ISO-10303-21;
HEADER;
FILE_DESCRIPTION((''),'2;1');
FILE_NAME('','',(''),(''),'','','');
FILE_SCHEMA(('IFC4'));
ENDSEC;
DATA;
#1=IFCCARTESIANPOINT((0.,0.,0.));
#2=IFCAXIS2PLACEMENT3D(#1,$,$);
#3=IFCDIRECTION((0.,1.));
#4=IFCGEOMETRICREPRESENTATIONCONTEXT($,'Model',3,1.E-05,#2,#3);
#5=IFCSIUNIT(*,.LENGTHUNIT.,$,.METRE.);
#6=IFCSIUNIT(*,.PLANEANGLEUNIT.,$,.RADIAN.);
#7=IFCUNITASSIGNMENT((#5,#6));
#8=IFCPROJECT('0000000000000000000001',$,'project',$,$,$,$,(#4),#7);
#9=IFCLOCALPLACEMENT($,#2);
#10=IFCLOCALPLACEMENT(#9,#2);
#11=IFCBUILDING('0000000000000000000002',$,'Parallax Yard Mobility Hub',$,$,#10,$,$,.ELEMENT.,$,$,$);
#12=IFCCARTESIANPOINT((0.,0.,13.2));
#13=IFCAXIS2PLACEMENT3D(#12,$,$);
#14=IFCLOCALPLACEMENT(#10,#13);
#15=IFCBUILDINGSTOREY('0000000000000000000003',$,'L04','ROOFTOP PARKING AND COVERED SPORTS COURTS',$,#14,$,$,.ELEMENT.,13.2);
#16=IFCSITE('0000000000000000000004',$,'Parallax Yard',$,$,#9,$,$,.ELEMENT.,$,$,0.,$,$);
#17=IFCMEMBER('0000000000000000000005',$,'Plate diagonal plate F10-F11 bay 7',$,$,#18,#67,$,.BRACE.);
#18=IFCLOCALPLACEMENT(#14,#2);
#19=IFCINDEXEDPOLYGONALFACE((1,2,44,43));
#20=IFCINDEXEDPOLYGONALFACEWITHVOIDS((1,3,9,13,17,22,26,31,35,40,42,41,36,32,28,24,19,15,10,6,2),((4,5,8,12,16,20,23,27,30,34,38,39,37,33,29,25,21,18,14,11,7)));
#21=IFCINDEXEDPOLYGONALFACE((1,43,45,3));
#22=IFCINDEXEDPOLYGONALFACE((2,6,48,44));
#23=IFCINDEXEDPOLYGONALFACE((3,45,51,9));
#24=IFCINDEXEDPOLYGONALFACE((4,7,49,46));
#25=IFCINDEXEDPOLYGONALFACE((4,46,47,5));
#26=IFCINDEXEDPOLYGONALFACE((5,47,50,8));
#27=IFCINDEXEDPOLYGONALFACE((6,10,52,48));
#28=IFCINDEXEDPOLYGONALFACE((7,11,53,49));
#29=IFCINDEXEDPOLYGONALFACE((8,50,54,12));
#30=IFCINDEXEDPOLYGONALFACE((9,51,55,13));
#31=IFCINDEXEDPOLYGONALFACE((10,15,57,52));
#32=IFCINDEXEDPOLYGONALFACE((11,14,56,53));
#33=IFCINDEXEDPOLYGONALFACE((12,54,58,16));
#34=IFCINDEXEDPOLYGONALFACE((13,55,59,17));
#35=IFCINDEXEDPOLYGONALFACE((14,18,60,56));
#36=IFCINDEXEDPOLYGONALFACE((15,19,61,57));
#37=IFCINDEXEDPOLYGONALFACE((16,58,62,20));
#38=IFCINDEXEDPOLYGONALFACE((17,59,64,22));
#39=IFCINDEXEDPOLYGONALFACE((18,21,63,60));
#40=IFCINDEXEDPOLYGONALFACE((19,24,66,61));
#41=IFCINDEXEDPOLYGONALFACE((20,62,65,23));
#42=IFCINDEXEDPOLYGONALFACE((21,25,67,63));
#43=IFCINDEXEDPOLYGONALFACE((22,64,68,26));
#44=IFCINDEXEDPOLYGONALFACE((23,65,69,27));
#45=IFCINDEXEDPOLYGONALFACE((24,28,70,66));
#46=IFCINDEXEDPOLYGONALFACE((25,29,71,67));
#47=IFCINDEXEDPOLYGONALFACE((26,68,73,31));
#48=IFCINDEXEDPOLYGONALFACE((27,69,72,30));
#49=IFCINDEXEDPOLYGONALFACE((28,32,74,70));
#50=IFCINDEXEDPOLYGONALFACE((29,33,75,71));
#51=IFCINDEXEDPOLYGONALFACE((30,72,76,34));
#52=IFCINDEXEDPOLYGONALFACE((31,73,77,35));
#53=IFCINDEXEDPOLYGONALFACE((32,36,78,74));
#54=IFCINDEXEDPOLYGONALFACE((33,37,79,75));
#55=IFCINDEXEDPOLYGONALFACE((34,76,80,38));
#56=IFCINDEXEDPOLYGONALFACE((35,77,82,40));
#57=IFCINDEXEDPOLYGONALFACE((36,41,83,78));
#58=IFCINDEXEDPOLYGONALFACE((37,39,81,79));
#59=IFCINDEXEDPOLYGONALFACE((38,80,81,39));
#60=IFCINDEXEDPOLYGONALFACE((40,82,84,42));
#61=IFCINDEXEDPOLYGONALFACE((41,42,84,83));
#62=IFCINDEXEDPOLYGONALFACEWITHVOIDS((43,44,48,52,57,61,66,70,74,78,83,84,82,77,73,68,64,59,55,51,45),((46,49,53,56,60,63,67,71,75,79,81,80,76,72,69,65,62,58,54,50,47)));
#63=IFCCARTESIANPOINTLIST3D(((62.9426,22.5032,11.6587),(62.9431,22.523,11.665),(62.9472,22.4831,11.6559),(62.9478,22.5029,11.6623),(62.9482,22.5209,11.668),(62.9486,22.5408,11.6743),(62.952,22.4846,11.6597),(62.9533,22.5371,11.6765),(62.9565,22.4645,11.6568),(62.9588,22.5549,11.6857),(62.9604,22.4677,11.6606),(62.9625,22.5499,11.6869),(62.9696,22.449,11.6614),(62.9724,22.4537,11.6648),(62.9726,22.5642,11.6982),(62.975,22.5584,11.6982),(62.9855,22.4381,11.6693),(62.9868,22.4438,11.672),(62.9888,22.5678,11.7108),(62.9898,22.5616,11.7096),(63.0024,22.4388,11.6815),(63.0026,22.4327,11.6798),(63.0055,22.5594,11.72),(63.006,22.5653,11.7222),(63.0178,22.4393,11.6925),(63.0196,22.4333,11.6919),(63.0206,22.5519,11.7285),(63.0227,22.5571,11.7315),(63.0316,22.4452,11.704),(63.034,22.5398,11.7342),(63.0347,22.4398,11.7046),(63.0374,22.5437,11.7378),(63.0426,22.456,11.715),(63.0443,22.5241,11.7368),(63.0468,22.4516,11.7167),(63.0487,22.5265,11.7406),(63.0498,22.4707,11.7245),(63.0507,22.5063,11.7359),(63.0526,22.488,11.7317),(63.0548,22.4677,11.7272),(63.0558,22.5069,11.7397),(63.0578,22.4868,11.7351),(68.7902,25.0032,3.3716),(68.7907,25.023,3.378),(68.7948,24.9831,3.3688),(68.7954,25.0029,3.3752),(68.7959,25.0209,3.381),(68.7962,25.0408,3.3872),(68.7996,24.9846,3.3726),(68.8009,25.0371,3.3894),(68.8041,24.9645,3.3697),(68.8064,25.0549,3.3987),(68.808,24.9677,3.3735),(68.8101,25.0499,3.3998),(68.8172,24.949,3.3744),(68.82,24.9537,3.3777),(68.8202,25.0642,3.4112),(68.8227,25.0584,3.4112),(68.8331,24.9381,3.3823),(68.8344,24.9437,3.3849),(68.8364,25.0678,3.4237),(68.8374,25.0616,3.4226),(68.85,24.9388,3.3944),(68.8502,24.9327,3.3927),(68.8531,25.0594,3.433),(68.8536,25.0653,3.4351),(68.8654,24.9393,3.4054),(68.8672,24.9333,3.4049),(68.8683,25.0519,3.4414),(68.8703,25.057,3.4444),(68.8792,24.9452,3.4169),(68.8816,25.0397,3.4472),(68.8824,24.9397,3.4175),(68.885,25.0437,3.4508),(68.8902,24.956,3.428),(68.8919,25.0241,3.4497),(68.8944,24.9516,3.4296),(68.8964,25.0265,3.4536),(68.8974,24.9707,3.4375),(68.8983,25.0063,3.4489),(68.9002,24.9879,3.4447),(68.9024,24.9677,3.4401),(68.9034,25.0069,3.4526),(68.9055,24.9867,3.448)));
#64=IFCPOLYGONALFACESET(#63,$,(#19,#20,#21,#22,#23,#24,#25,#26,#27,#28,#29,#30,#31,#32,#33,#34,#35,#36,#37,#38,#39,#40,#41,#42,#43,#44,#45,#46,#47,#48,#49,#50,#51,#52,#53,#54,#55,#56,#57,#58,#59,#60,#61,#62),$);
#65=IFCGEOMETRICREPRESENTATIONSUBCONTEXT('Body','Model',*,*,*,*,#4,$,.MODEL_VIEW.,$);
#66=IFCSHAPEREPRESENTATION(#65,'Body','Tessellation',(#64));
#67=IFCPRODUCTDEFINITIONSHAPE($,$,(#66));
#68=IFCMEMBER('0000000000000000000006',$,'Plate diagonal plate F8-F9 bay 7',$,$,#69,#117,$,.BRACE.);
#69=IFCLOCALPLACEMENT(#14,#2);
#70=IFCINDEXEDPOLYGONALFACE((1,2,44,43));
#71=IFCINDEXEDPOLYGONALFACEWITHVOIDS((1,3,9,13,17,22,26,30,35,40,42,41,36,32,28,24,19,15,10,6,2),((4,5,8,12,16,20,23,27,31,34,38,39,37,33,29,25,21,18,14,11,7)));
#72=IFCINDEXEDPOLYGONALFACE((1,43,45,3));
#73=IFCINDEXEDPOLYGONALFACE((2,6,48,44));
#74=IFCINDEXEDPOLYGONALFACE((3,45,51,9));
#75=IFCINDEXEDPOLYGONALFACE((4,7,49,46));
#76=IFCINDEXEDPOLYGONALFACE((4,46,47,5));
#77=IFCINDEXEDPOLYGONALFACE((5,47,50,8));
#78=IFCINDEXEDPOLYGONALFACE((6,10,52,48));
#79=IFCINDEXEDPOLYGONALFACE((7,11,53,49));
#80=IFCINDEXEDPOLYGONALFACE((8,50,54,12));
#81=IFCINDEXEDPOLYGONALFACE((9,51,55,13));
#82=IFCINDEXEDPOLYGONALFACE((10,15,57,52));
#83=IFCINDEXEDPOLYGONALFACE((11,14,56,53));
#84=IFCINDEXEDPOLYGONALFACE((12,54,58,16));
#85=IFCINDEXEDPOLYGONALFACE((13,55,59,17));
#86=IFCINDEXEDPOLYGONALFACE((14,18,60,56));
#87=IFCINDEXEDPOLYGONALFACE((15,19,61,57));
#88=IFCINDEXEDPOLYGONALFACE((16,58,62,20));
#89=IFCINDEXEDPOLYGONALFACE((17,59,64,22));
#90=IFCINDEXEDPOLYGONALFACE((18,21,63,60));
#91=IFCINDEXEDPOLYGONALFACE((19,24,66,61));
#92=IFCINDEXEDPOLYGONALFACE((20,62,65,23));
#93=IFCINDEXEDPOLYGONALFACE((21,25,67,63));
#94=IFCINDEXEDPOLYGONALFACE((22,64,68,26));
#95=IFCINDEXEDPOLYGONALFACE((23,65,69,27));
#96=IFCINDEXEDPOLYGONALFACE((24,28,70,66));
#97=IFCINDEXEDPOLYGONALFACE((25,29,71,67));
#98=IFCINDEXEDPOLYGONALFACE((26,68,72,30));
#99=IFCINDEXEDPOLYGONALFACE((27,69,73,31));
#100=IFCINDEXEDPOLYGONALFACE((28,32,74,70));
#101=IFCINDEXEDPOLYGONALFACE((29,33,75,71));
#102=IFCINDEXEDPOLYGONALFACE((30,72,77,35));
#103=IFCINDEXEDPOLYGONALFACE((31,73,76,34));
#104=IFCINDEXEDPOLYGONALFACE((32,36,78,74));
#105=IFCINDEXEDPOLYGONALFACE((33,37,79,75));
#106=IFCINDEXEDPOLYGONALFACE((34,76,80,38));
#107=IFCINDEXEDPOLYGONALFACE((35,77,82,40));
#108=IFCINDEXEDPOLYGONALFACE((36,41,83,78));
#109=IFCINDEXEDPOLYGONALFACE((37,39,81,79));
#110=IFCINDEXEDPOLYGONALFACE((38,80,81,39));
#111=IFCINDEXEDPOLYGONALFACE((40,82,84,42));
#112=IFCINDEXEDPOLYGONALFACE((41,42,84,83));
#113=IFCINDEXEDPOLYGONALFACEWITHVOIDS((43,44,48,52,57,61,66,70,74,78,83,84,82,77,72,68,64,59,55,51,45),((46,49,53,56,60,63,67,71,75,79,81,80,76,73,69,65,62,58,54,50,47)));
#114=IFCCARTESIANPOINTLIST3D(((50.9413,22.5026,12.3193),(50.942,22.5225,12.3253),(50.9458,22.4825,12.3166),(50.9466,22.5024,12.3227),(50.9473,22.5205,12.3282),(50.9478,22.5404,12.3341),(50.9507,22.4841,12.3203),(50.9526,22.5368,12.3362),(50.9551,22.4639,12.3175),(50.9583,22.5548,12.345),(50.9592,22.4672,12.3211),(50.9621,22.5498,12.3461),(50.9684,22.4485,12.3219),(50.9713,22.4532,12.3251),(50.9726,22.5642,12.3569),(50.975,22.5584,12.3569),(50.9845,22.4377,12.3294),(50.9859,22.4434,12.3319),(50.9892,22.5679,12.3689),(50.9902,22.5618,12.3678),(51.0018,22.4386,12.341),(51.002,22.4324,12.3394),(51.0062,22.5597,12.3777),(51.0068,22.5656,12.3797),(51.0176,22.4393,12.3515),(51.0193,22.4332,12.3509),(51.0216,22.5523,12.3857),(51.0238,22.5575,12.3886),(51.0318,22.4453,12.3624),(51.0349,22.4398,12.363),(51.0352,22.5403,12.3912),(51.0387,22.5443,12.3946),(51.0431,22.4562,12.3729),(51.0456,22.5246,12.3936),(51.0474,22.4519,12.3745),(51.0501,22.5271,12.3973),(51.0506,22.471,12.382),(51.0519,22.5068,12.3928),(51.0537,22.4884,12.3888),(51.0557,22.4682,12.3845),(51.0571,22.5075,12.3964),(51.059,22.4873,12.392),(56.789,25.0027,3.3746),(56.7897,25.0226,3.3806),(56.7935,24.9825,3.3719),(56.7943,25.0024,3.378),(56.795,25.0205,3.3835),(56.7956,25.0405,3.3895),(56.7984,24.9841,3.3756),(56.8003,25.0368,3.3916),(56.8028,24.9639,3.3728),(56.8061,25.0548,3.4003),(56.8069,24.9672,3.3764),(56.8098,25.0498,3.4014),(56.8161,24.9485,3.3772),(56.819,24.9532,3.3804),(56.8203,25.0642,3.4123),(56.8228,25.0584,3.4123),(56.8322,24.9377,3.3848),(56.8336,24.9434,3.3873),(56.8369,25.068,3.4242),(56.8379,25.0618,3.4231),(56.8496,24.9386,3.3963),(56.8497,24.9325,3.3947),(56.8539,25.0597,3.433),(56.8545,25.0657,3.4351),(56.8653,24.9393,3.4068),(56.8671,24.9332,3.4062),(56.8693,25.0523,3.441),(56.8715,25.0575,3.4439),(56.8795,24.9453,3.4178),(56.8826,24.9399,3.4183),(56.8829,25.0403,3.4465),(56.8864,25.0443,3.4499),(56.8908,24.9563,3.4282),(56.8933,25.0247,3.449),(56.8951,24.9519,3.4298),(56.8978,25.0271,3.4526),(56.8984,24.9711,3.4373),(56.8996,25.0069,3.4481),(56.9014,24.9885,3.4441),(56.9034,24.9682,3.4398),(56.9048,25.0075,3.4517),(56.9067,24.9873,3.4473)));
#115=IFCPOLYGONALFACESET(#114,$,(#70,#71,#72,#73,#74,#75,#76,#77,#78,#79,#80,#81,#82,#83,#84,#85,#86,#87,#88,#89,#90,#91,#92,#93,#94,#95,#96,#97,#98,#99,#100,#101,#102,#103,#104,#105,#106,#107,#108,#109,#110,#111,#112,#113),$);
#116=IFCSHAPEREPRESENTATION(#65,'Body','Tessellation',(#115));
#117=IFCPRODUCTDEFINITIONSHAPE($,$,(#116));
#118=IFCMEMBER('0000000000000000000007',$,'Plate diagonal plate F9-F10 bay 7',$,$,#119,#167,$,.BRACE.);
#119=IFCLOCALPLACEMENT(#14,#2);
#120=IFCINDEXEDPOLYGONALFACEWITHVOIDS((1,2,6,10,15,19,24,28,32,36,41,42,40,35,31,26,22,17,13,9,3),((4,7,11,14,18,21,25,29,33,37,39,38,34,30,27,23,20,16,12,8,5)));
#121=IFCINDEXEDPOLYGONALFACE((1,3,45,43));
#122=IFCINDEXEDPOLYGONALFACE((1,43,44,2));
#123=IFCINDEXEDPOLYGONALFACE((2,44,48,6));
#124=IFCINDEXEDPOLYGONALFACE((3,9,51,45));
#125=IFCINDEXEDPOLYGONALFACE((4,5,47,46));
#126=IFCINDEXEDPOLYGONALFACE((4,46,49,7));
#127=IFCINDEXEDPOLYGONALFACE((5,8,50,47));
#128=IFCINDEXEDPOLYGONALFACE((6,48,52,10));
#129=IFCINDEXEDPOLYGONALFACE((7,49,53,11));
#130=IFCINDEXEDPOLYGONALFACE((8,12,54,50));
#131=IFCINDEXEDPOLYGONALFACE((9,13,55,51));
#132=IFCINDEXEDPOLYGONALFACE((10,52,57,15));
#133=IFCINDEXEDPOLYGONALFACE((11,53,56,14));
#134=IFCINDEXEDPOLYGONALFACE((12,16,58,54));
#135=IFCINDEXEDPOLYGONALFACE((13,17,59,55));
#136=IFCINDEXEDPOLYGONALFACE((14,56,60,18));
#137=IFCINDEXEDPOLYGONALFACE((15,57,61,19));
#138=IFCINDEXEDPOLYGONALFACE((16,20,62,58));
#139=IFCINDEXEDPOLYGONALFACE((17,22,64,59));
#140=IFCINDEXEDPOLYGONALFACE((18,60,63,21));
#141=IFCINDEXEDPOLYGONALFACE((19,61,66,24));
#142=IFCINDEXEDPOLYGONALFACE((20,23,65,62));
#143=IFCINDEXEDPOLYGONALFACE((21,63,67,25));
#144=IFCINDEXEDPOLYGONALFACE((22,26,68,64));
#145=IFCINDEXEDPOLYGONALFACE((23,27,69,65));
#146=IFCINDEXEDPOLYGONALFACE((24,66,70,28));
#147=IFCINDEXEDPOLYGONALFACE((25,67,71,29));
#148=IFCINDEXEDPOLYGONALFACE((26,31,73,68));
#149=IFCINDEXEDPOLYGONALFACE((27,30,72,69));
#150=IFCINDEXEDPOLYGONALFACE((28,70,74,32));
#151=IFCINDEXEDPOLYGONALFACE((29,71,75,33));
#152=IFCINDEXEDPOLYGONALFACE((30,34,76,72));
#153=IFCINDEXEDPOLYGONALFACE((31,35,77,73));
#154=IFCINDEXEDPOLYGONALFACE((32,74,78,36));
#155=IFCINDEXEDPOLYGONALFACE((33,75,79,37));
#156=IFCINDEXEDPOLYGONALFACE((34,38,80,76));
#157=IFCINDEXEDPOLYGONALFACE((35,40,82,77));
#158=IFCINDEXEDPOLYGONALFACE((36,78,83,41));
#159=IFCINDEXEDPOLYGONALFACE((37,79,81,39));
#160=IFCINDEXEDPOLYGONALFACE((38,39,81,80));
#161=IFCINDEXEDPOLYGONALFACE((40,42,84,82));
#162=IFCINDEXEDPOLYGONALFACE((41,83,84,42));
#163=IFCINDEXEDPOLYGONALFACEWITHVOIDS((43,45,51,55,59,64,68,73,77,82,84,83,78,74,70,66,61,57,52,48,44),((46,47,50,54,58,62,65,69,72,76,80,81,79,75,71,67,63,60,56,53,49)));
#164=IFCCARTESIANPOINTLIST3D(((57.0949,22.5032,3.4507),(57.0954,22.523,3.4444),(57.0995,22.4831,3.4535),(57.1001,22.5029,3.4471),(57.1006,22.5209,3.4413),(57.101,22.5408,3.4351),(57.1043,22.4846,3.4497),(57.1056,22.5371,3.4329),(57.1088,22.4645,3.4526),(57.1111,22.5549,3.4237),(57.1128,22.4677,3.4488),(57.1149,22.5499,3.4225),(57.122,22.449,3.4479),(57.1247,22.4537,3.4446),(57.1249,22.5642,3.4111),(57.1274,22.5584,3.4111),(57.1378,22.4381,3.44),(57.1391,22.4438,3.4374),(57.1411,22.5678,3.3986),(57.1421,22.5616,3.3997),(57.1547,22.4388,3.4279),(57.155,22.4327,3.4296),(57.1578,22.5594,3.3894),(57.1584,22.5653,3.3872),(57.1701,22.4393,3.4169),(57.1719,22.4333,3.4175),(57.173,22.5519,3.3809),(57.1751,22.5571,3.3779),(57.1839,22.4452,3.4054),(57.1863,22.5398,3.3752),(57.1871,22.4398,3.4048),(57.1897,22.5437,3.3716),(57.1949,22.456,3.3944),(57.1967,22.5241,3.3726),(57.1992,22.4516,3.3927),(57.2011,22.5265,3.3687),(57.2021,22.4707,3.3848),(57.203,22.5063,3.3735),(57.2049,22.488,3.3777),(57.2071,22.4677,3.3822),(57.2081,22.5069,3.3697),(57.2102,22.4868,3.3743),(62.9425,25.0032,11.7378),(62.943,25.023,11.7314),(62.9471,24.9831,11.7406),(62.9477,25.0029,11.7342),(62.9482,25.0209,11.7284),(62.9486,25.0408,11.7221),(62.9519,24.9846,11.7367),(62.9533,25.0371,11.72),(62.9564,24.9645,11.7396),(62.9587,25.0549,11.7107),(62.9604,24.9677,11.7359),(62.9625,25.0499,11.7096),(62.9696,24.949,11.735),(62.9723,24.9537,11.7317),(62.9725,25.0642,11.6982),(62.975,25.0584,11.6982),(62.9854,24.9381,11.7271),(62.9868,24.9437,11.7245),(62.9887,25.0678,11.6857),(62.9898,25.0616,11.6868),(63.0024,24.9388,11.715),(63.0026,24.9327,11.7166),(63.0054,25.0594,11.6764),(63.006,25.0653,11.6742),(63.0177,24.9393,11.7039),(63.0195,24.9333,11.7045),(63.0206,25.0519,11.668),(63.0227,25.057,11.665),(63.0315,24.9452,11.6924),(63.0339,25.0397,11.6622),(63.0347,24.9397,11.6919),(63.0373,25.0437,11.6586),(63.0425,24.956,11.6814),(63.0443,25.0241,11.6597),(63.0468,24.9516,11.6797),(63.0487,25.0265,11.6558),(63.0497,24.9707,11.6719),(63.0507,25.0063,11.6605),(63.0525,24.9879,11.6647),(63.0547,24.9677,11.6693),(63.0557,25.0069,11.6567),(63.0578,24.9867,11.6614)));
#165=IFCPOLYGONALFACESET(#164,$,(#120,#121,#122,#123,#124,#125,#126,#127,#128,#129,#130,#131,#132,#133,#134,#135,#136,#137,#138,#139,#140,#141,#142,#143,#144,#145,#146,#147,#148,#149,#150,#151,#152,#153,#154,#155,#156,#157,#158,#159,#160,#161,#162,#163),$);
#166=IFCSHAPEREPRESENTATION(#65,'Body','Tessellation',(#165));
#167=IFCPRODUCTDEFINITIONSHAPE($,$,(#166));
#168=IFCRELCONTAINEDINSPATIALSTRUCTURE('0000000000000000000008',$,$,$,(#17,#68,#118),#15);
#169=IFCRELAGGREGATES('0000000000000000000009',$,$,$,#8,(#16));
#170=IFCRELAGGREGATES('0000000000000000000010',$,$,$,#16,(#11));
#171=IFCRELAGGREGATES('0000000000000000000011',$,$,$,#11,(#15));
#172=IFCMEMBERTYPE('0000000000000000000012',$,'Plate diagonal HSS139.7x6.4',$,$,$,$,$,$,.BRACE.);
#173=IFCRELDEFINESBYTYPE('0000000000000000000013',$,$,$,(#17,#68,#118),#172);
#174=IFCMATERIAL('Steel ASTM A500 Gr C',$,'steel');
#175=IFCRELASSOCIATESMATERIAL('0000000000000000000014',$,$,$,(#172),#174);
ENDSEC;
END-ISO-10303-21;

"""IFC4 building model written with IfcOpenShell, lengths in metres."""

from ifc_helpers import new_model, si_unit, direction, frame, origin, origin_2d, place, context, subcontext, project, spatial, hollow_circle, extrude, material, material_profile, profile_set, type_object, element, save


model = new_model("IFC4")

# Units and contexts
model_context = context("Model", 3, precision=1e-05, world=origin(), true_north=direction((0.0, 1.0)))
body_context = subcontext(model_context, "Body", "Model", "MODEL_VIEW")
ifc_project = project(units=[si_unit("LENGTHUNIT", "METRE"), si_unit("PLANEANGLEUNIT", "RADIAN")], contexts=[model_context])

# Site, building, storey
site_placement = place(None, origin())
site = spatial("IfcSite", under=ifc_project, at=site_placement, Name="Parallax Yard", CompositionType="ELEMENT", RefElevation=0.0)
building_placement = place(site_placement, origin())
building = spatial("IfcBuilding", under=site, at=building_placement, Name="Parallax Yard Mobility Hub", CompositionType="ELEMENT")
storey_placement = place(building_placement, frame((0.0, 0.0, 13.2)))
storey = spatial("IfcBuildingStorey", under=building, at=storey_placement, Name="L04", Description="ROOFTOP PARKING AND COVERED SPORTS COURTS", CompositionType="ELEMENT", Elevation=13.2)

# Members
ifc_material_1 = material(Name="Steel ASTM A500 Gr C", Category="steel")
ifc_material_profile_1 = material_profile(ifc_material_1, hollow_circle(Radius=0.0698, WallThickness=0.0063, at=origin_2d()), Name="HSS139.7x6.4")
ifc_profile_set_1 = profile_set([ifc_material_profile_1], Name="Steel ASTM A500 Gr C")
member_type_1 = type_object("IfcMemberType", Name="Plate diagonal HSS139.7x6.4", PredefinedType="BRACE", material=ifc_profile_set_1)
for number, where, z_axis, x_axis, name in (
    (1, (63.0, 22.5, 11.6982), (0.559793, 0.239323, -0.79332), (-0.393104, 0.919494, 0.0), "Plate diagonal plate F10-F11 bay 7"),
):
    element("IfcMember", number, at=place(storey_placement, frame(where, z_axis=z_axis, x_axis=x_axis)), inside=storey, type_object=member_type_1, Name=name, PredefinedType="BRACE", context=body_context, shape_type="SweptSolid", body=[
        extrude(hollow_circle(Radius=0.0698, WallThickness=0.0063, at=origin_2d()), origin(), (0.0, 0.0, 1.0), 10.446),
    ])
member_1_placement = place(storey_placement, frame((51.0, 22.5, 12.3569), z_axis=(0.532816, 0.22779, -0.814996), x_axis=(-0.393104, 0.919494, 0.0)))
element("IfcMember", 2, at=member_1_placement, inside=storey, type_object=member_type_1, Name="Plate diagonal plate F8-F9 bay 7", PredefinedType="BRACE", context=body_context, shape_type="SweptSolid", body=[
    extrude(hollow_circle(Radius=0.0698, WallThickness=0.0063, at=origin_2d()), origin(), (0.0, 0.0, 1.0), 10.9751),
])
member_2_placement = place(storey_placement, frame((57.1523, 22.5, 3.4111), z_axis=(0.559793, 0.239323, 0.79332), x_axis=(-0.393104, 0.919494, 0.0)))
element("IfcMember", 3, at=member_2_placement, inside=storey, type_object=member_type_1, Name="Plate diagonal plate F9-F10 bay 7", PredefinedType="BRACE", context=body_context, shape_type="SweptSolid", body=[
    extrude(hollow_circle(Radius=0.0698, WallThickness=0.0063, at=origin_2d()), origin(), (0.0, 0.0, 1.0), 10.446),
])

save(model, "model.ifc")
